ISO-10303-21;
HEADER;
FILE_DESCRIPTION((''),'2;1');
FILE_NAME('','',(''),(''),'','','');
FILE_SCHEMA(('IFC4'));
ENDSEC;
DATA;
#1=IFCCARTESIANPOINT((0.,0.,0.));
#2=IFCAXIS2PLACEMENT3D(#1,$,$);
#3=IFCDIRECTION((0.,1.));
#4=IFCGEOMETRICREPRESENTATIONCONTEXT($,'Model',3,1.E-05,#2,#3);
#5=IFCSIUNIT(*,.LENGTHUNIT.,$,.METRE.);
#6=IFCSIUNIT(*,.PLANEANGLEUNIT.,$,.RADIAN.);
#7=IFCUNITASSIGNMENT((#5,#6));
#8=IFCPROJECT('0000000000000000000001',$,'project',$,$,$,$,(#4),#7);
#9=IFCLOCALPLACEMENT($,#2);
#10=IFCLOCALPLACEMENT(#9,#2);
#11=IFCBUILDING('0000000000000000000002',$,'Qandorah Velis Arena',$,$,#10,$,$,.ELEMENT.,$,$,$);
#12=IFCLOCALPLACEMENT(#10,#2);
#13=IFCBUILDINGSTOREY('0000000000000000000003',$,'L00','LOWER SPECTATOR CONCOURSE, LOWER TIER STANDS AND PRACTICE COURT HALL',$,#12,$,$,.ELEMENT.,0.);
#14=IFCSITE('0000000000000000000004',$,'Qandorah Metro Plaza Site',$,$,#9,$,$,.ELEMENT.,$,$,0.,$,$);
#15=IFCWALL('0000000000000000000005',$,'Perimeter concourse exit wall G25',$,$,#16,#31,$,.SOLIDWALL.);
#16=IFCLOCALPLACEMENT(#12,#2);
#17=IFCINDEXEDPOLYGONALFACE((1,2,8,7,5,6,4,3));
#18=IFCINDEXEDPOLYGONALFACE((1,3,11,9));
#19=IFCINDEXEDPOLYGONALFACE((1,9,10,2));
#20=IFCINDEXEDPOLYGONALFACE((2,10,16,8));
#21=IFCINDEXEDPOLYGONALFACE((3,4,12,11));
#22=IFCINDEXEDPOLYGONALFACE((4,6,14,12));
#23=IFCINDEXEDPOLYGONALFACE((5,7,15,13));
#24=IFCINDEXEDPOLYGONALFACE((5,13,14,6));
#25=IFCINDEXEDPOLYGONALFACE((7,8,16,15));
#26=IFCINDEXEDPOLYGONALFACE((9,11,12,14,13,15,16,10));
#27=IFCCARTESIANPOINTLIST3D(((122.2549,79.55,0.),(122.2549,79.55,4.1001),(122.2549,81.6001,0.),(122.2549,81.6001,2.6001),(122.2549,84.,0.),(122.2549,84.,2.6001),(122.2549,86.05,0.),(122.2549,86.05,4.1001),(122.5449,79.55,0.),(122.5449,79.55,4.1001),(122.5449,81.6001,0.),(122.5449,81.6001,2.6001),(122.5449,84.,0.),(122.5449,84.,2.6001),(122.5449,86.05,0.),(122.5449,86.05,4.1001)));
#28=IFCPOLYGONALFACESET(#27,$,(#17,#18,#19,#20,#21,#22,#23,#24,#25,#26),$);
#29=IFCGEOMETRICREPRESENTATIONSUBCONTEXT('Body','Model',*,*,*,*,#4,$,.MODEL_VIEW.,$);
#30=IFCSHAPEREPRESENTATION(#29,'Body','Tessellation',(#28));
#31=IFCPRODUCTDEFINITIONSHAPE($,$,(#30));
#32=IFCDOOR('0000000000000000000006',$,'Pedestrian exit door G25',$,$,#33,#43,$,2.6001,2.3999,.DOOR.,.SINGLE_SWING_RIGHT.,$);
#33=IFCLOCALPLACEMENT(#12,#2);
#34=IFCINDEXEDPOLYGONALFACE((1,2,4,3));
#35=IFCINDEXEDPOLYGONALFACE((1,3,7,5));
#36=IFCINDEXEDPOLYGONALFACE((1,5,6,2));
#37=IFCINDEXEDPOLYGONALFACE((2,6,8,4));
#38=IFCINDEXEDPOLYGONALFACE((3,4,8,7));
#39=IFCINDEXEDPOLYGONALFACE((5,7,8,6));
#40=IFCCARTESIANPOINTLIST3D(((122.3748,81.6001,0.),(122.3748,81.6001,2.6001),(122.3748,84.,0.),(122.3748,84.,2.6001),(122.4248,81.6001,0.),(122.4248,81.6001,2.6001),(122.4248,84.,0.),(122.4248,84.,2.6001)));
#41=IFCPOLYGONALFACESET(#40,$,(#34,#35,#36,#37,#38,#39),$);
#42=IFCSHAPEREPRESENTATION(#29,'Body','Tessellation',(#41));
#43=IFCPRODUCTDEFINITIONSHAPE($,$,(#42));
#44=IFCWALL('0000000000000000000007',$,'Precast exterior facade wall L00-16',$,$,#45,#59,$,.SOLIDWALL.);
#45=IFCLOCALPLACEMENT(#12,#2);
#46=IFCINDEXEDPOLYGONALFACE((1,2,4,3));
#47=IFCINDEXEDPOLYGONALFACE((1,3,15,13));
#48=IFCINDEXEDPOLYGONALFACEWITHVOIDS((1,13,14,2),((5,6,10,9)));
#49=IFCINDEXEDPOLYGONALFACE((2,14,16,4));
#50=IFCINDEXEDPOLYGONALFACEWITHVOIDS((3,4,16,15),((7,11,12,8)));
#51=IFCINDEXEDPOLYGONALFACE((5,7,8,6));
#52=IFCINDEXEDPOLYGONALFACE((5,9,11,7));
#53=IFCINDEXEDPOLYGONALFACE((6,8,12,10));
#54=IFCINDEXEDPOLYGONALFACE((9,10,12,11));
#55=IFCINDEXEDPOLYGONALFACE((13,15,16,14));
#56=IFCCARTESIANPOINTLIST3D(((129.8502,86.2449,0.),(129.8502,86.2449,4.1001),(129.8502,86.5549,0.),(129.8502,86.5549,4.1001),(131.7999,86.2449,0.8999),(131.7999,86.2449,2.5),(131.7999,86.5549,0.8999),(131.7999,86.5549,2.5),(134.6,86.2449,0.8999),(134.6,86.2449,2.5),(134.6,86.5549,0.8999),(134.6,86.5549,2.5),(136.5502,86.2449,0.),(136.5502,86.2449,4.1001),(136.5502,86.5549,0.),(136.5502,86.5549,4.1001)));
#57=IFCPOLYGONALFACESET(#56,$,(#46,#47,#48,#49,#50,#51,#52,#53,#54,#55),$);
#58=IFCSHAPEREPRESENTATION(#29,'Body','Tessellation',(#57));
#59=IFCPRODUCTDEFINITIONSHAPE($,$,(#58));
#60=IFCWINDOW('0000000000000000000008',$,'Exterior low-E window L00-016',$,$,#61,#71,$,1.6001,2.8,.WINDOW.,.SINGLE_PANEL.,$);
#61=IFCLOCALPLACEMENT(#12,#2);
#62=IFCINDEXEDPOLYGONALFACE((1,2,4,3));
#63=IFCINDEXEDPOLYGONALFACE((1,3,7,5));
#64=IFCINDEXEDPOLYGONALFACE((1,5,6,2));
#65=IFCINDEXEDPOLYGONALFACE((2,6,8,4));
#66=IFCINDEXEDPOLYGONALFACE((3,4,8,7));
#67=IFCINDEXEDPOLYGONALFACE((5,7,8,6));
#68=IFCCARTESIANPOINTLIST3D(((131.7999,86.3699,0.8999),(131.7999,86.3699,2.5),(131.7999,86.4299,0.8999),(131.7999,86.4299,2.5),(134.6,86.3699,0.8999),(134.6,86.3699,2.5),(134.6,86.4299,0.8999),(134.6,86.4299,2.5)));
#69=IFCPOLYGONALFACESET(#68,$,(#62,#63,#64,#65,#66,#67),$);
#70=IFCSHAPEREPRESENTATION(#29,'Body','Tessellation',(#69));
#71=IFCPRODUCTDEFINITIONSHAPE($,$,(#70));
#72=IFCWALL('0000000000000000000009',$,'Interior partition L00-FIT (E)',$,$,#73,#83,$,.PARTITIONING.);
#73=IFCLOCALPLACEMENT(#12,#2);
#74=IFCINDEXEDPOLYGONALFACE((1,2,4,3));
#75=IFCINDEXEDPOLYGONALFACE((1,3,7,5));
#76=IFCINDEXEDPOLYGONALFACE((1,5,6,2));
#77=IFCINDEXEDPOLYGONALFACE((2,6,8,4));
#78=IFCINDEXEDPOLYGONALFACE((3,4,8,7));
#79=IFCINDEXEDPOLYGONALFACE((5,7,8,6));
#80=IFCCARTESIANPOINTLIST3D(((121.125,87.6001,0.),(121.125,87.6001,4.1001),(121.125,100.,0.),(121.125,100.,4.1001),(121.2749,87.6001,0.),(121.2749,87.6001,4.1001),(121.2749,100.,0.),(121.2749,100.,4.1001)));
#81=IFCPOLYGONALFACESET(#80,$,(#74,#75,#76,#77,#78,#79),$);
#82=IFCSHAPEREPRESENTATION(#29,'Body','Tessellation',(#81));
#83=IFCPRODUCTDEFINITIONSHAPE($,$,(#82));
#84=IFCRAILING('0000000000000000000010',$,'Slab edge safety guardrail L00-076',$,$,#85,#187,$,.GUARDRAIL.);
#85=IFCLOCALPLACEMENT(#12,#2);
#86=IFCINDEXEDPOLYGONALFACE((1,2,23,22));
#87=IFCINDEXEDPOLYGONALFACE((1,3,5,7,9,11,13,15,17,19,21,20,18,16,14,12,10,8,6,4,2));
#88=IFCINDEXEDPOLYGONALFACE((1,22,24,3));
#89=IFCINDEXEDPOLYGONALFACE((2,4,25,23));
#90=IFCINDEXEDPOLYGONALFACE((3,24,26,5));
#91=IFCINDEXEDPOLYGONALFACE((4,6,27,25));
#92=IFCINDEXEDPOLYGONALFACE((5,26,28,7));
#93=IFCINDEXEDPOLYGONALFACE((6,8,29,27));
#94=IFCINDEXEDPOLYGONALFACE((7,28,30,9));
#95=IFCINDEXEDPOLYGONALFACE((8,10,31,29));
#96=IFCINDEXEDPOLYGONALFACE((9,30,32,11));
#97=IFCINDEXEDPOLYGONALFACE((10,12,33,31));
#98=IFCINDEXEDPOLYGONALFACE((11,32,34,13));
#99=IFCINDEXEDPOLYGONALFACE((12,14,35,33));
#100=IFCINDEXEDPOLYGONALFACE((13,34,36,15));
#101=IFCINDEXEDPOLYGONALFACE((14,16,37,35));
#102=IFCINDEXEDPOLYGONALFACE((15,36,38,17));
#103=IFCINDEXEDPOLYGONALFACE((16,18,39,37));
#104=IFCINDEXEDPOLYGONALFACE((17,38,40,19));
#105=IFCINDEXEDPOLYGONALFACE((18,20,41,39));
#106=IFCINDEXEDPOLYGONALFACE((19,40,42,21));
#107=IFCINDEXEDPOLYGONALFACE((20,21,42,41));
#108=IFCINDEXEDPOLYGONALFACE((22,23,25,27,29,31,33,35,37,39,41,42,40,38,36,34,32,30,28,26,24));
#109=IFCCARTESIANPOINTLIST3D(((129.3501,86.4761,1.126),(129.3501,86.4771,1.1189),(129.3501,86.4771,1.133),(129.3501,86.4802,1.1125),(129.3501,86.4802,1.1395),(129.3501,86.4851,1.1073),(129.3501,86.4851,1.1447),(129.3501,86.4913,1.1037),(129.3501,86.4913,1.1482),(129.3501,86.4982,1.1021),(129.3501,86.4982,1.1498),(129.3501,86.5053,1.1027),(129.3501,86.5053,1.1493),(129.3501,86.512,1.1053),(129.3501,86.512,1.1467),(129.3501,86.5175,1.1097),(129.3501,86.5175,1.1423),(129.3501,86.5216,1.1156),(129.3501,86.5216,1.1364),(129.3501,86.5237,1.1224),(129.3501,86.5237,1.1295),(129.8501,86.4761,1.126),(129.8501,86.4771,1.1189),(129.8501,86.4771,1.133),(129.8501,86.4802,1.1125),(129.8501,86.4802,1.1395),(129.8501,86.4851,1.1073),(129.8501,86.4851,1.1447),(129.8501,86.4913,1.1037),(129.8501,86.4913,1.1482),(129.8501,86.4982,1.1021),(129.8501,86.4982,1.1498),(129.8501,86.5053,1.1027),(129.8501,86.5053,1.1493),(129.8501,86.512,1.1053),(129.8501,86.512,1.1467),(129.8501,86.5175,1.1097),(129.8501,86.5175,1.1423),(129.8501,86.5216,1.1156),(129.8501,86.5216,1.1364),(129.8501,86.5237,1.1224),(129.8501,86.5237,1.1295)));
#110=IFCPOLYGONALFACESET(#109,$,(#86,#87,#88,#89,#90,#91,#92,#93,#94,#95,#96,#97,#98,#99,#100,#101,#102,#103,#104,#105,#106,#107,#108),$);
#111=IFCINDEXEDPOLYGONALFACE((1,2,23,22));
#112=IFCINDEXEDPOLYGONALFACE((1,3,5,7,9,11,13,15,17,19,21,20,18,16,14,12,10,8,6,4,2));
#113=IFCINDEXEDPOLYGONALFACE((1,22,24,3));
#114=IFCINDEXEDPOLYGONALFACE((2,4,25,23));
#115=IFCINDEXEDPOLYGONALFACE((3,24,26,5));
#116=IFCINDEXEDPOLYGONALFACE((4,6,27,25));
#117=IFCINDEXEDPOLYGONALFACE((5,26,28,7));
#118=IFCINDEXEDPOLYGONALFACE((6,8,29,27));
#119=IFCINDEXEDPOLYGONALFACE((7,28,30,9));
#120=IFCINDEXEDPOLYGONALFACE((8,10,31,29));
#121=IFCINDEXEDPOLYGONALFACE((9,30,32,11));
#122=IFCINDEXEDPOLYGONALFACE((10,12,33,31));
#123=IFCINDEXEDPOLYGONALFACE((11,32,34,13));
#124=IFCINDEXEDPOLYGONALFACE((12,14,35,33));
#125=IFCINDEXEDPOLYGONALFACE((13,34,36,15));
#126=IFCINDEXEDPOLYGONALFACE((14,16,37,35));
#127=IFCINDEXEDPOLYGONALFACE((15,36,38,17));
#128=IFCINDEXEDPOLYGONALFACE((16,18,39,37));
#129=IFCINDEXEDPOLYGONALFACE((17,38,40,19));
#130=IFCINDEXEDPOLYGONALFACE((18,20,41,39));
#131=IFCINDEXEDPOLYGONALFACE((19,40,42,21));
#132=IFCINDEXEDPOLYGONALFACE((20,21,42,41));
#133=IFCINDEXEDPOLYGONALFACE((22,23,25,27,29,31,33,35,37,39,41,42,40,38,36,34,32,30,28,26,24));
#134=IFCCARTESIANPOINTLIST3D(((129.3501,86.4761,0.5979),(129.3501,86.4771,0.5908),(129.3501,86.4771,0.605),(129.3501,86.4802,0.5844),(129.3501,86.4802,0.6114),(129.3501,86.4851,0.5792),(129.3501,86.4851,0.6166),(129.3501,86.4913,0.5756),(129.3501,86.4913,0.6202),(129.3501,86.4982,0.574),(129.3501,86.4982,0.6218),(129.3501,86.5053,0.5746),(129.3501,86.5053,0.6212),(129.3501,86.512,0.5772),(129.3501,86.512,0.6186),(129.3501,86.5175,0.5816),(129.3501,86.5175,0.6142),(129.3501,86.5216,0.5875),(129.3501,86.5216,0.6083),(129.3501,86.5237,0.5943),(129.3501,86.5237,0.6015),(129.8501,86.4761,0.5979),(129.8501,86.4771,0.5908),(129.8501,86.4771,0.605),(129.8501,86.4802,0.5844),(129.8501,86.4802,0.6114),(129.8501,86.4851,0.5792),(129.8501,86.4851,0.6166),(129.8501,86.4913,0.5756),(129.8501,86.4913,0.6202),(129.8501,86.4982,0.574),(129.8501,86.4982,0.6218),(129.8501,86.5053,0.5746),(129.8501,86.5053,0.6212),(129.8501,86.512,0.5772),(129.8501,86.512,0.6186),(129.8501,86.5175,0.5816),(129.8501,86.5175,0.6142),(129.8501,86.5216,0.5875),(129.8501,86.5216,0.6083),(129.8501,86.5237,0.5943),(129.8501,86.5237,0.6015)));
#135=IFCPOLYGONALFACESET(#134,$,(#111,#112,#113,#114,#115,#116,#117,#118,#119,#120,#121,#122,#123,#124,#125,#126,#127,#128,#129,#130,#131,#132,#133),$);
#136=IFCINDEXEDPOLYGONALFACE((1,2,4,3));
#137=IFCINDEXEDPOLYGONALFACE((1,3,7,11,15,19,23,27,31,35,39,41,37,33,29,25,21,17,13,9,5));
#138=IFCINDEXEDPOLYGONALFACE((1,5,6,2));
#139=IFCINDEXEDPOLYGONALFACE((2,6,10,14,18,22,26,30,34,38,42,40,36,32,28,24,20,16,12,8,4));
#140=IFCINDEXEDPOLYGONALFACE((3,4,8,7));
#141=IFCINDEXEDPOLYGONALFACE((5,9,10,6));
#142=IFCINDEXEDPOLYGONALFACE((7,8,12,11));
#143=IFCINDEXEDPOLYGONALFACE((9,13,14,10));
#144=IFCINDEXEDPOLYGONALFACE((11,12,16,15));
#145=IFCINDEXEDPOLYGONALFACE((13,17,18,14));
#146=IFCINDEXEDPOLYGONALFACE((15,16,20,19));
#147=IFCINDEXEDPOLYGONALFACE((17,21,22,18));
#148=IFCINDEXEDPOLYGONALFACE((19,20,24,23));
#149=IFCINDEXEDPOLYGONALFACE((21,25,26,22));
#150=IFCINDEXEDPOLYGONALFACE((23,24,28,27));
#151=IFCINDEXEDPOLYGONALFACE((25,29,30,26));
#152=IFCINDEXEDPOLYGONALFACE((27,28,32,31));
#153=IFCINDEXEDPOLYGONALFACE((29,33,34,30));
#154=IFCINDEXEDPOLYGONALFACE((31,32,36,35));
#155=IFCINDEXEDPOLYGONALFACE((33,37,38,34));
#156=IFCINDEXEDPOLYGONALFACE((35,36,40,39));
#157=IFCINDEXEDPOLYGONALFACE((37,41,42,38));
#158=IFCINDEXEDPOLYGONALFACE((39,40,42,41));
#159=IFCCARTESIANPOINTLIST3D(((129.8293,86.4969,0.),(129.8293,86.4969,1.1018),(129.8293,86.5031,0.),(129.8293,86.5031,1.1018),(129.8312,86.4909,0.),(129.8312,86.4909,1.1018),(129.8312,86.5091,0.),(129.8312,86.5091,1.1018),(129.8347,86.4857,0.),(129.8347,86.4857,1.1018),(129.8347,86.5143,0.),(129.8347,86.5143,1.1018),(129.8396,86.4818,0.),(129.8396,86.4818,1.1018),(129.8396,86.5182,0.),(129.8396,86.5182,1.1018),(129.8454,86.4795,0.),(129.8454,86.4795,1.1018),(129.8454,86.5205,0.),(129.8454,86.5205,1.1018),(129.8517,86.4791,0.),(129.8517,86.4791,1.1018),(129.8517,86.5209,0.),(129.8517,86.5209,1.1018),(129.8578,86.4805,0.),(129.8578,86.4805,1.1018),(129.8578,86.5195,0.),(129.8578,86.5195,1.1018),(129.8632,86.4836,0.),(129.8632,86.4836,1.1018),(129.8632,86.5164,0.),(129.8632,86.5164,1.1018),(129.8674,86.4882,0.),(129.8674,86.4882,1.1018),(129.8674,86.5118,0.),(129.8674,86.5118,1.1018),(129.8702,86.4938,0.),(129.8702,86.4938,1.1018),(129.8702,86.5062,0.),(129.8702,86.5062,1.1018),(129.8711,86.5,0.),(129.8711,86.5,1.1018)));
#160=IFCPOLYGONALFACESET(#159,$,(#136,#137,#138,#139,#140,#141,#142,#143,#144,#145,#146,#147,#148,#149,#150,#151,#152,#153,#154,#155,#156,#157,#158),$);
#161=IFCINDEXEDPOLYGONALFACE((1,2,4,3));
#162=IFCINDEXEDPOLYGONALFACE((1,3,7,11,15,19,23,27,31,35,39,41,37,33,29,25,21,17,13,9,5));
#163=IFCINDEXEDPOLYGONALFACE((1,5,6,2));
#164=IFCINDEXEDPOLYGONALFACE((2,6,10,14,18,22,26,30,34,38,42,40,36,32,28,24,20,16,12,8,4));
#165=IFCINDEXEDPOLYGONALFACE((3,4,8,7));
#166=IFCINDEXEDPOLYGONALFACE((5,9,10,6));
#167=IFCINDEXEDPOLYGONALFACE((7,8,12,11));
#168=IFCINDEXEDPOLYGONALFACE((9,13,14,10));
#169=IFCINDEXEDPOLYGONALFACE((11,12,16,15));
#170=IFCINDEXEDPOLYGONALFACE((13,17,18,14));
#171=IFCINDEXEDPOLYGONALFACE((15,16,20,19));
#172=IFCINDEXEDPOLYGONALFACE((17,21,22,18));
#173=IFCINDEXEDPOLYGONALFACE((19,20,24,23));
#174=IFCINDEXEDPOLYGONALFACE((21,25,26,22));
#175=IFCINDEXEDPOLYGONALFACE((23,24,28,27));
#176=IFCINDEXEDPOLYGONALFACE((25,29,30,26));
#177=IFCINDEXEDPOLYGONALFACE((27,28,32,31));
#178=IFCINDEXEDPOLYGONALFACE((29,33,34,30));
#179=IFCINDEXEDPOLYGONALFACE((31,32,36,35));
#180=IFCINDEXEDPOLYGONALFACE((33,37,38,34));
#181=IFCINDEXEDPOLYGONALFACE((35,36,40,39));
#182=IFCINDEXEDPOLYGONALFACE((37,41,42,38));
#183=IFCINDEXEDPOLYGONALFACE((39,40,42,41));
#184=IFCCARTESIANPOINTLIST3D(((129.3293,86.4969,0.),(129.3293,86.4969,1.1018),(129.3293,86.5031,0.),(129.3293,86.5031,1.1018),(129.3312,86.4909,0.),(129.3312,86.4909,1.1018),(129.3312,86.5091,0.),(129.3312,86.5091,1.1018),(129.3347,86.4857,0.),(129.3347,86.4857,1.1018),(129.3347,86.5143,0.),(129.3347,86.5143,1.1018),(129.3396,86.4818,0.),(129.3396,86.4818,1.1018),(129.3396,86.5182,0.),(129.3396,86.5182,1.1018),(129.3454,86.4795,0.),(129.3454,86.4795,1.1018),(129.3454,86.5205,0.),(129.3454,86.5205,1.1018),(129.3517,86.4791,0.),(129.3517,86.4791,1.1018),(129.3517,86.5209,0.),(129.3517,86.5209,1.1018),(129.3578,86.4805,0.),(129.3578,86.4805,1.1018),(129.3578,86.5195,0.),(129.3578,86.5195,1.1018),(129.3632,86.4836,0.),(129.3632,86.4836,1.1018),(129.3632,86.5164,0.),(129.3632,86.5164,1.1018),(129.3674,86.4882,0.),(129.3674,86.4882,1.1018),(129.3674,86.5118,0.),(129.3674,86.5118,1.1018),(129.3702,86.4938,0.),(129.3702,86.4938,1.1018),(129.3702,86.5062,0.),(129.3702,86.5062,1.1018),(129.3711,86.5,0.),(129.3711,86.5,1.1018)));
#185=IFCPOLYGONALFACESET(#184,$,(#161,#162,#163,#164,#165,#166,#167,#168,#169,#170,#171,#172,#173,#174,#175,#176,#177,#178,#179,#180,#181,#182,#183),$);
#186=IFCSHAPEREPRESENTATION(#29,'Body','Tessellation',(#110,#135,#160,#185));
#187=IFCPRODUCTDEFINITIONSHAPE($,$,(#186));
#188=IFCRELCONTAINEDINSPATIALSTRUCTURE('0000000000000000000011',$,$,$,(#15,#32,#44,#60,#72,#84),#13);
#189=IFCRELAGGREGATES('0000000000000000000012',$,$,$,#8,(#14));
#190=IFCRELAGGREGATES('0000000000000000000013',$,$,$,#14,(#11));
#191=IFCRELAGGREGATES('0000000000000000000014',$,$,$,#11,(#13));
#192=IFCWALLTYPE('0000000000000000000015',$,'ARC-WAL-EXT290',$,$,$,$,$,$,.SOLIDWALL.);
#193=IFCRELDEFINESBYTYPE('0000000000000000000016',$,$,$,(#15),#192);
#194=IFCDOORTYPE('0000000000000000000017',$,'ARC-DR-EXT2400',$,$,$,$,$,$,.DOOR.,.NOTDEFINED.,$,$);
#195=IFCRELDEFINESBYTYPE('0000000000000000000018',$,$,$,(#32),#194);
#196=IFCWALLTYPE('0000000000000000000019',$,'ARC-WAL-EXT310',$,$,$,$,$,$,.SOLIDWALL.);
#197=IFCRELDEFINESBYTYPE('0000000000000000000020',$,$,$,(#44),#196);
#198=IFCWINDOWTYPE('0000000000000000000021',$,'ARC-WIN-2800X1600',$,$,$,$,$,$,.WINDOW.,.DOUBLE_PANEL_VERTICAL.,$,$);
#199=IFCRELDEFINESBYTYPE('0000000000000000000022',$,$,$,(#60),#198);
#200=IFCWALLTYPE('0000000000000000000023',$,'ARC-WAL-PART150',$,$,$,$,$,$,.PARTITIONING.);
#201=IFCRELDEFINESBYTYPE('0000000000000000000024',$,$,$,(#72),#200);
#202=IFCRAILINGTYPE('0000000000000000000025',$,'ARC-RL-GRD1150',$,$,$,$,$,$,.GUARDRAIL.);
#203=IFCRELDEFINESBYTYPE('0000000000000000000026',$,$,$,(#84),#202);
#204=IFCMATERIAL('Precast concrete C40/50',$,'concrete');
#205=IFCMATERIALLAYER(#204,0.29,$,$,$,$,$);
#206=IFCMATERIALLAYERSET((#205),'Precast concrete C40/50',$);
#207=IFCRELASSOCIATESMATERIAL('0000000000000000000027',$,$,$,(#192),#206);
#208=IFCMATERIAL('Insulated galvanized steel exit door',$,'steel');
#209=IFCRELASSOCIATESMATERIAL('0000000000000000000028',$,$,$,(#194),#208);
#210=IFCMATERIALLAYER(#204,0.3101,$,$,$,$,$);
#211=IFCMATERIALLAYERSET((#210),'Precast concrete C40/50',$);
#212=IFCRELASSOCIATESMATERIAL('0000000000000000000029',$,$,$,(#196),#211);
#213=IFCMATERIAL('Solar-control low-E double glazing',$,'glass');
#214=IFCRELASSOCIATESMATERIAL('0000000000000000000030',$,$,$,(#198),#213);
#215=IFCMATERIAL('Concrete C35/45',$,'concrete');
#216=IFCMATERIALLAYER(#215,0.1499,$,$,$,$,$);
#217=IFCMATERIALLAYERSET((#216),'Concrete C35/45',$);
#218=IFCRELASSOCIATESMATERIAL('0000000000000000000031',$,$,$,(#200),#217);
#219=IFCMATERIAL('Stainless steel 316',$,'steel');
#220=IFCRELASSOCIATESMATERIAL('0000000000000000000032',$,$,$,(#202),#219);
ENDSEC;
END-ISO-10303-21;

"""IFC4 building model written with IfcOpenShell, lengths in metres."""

from ifc_helpers import new_model, si_unit, direction, frame, frame_2d, origin, origin_2d, place, context, subcontext, project, spatial, rectangle, circle, extrude, material, layer, layer_set, type_object, element, fill, save


model = new_model("IFC4")

# Units and contexts
model_context = context("Model", 3, precision=1e-05, world=origin(), true_north=direction((0.0, 1.0)))
body_context = subcontext(model_context, "Body", "Model", "MODEL_VIEW")
ifc_project = project(units=[si_unit("LENGTHUNIT", "METRE"), si_unit("PLANEANGLEUNIT", "RADIAN")], contexts=[model_context])

# Site, building, storey
site_placement = place(None, origin())
site = spatial("IfcSite", under=ifc_project, at=site_placement, Name="Qandorah Metro Plaza Site", CompositionType="ELEMENT", RefElevation=0.0)
building_placement = place(site_placement, origin())
building = spatial("IfcBuilding", under=site, at=building_placement, Name="Qandorah Velis Arena", CompositionType="ELEMENT")
storey_placement = place(building_placement, origin())
storey = spatial("IfcBuildingStorey", under=building, at=storey_placement, Name="L00", Description="LOWER SPECTATOR CONCOURSE, LOWER TIER STANDS AND PRACTICE COURT HALL", CompositionType="ELEMENT", Elevation=0.0)

# Shared definitions
ifc_material_1 = material(Name="Precast concrete C40/50", Category="concrete")
ifc_material_2 = material(Name="Solar-control low-E double glazing", Category="glass")

# Wall, opening, door
ifc_layer_1 = layer(ifc_material_1, 0.29)
ifc_layer_set_1 = layer_set([ifc_layer_1], Name="Precast concrete C40/50")
wall_type_1 = type_object("IfcWallType", Name="ARC-WAL-EXT290", PredefinedType="SOLIDWALL", material=ifc_layer_set_1)
wall_1_placement = place(storey_placement, frame((122.3999, 79.55, 0.0), z_axis=(0.0, 0.0, 1.0), x_axis=(0.0, 1.0, 0.0)))
wall_1 = element("IfcWall", 1, at=wall_1_placement, inside=storey, type_object=wall_type_1, Name="Perimeter concourse exit wall G25", PredefinedType="SOLIDWALL", context=body_context, shape_type="SweptSolid", body=[
    extrude(rectangle(XDim=6.5, YDim=0.29, at=frame_2d((3.25, 0.0))), origin(), (0.0, 0.0, 1.0), 4.1001),
])
opening_1_placement = place(wall_1_placement, frame((2.05, 0.0, 0.0)))
opening_1 = element("IfcOpeningElement", 2, at=opening_1_placement, cuts=wall_1, PredefinedType="OPENING", context=body_context, shape_type="SweptSolid", body=[
    extrude(rectangle(XDim=2.3999, YDim=2.6001, at=frame_2d((1.2, 1.3))), frame((0.0, 0.155, 0.0), z_axis=(0.0, -1.0, 0.0), x_axis=(1.0, 0.0, 0.0)), (0.0, 0.0, 1.0), 0.3101),
])
ifc_material_3 = material(Name="Insulated galvanized steel exit door", Category="steel")
door_type_1 = type_object("IfcDoorType", Name="ARC-DR-EXT2400", OperationType="NOTDEFINED", PredefinedType="DOOR", material=ifc_material_3)
door_1_placement = place(opening_1_placement, frame((2.3999, 0.0, 0.0), z_axis=(0.0, 0.0, 1.0), x_axis=(-1.0, 0.0, 0.0)))
door_1 = element("IfcDoor", 3, at=door_1_placement, inside=storey, type_object=door_type_1, Name="Pedestrian exit door G25", OperationType="SINGLE_SWING_RIGHT", OverallHeight=2.6001, OverallWidth=2.3999, PredefinedType="DOOR", context=body_context, shape_type="SweptSolid", body=[
    extrude(rectangle(XDim=2.3999, YDim=2.6001, at=frame_2d((1.2, 1.3))), frame((0.0, 0.0249, 0.0), z_axis=(0.0, -1.0, 0.0), x_axis=(1.0, 0.0, 0.0)), (0.0, 0.0, 1.0), 0.05),
])
fill(opening_1, door_1)
ifc_layer_2 = layer(ifc_material_1, 0.3101)
ifc_layer_set_2 = layer_set([ifc_layer_2], Name="Precast concrete C40/50")
wall_type_2 = type_object("IfcWallType", Name="ARC-WAL-EXT310", PredefinedType="SOLIDWALL", material=ifc_layer_set_2)

# Wall, opening, window
wall_2_placement = place(storey_placement, frame((129.8501, 86.3999, 0.0), z_axis=(0.0, 0.0, 1.0), x_axis=(1.0, 0.0, 0.0)))
wall_2 = element("IfcWall", 4, at=wall_2_placement, inside=storey, type_object=wall_type_2, Name="Precast exterior facade wall L00-16", PredefinedType="SOLIDWALL", context=body_context, shape_type="SweptSolid", body=[
    extrude(rectangle(XDim=6.7, YDim=0.3101, at=frame_2d((3.3501, 0.0))), origin(), (0.0, 0.0, 1.0), 4.1001),
])
opening_2_placement = place(wall_2_placement, frame((1.95, 0.0, 0.8999)))
opening_2 = element("IfcOpeningElement", 5, at=opening_2_placement, cuts=wall_2, PredefinedType="OPENING", context=body_context, shape_type="SweptSolid", body=[
    extrude(rectangle(XDim=2.8, YDim=1.6001, at=frame_2d((1.3999, 0.8))), frame((0.0, 0.165, 0.0), z_axis=(0.0, -1.0, 0.0), x_axis=(1.0, 0.0, 0.0)), (0.0, 0.0, 1.0), 0.3301),
])
window_type_1 = type_object("IfcWindowType", Name="ARC-WIN-2800X1600", PartitioningType="DOUBLE_PANEL_VERTICAL", PredefinedType="WINDOW", material=ifc_material_2)
window_1_placement = place(opening_2_placement, origin())
window_1 = element("IfcWindow", 6, at=window_1_placement, inside=storey, type_object=window_type_1, Name="Exterior low-E window L00-016", OverallHeight=1.6001, OverallWidth=2.8, PartitioningType="SINGLE_PANEL", PredefinedType="WINDOW", context=body_context, shape_type="SweptSolid", body=[
    extrude(rectangle(XDim=2.8, YDim=1.6001, at=frame_2d((1.3999, 0.8))), frame((0.0, 0.03, 0.0), z_axis=(0.0, -1.0, 0.0), x_axis=(1.0, 0.0, 0.0)), (0.0, 0.0, 1.0), 0.0601),
])
fill(opening_2, window_1)

# Wall
ifc_material_4 = material(Name="Concrete C35/45", Category="concrete")
ifc_layer_3 = layer(ifc_material_4, 0.1499)
ifc_layer_set_3 = layer_set([ifc_layer_3], Name="Concrete C35/45")
wall_type_3 = type_object("IfcWallType", Name="ARC-WAL-PART150", PredefinedType="PARTITIONING", material=ifc_layer_set_3)
wall_3_placement = place(storey_placement, frame((121.2, 87.6001, 0.0), z_axis=(0.0, 0.0, 1.0), x_axis=(0.0, 1.0, 0.0)))
element("IfcWall", 7, at=wall_3_placement, inside=storey, type_object=wall_type_3, Name="Interior partition L00-FIT (E)", PredefinedType="PARTITIONING", context=body_context, shape_type="SweptSolid", body=[
    extrude(rectangle(XDim=12.3999, YDim=0.1499, at=frame_2d((6.2, 0.0))), origin(), (0.0, 0.0, 1.0), 4.1001),
])

# Railing
ifc_material_5 = material(Name="Stainless steel 316", Category="steel")
railing_type = type_object("IfcRailingType", Name="ARC-RL-GRD1150", PredefinedType="GUARDRAIL", material=ifc_material_5)
railing_1_placement = place(storey_placement, frame((129.8501, 86.5, 0.0)))
element("IfcRailing", 8, at=railing_1_placement, inside=storey, type_object=railing_type, Name="Slab edge safety guardrail L00-076", PredefinedType="GUARDRAIL", context=body_context, shape_type="SweptSolid", body=[
    extrude(circle(Radius=0.0239, at=origin_2d()), frame((0.0, 0.0, 1.126), z_axis=(-1.0, 0.0, 0.0), x_axis=(0.0, -1.0, 0.0)), (0.0, 0.0, 1.0), 0.5),
    extrude(circle(Radius=0.0239, at=origin_2d()), frame((0.0, 0.0, 0.5979), z_axis=(-1.0, 0.0, 0.0), x_axis=(0.0, -1.0, 0.0)), (0.0, 0.0, 1.0), 0.5),
    extrude(circle(Radius=0.021, at=origin_2d()), origin(), (0.0, 0.0, 1.0), 1.1018),
    extrude(circle(Radius=0.021, at=origin_2d()), frame((-0.5, 0.0, 0.0)), (0.0, 0.0, 1.0), 1.1018),
])

save(model, "model.ifc")
